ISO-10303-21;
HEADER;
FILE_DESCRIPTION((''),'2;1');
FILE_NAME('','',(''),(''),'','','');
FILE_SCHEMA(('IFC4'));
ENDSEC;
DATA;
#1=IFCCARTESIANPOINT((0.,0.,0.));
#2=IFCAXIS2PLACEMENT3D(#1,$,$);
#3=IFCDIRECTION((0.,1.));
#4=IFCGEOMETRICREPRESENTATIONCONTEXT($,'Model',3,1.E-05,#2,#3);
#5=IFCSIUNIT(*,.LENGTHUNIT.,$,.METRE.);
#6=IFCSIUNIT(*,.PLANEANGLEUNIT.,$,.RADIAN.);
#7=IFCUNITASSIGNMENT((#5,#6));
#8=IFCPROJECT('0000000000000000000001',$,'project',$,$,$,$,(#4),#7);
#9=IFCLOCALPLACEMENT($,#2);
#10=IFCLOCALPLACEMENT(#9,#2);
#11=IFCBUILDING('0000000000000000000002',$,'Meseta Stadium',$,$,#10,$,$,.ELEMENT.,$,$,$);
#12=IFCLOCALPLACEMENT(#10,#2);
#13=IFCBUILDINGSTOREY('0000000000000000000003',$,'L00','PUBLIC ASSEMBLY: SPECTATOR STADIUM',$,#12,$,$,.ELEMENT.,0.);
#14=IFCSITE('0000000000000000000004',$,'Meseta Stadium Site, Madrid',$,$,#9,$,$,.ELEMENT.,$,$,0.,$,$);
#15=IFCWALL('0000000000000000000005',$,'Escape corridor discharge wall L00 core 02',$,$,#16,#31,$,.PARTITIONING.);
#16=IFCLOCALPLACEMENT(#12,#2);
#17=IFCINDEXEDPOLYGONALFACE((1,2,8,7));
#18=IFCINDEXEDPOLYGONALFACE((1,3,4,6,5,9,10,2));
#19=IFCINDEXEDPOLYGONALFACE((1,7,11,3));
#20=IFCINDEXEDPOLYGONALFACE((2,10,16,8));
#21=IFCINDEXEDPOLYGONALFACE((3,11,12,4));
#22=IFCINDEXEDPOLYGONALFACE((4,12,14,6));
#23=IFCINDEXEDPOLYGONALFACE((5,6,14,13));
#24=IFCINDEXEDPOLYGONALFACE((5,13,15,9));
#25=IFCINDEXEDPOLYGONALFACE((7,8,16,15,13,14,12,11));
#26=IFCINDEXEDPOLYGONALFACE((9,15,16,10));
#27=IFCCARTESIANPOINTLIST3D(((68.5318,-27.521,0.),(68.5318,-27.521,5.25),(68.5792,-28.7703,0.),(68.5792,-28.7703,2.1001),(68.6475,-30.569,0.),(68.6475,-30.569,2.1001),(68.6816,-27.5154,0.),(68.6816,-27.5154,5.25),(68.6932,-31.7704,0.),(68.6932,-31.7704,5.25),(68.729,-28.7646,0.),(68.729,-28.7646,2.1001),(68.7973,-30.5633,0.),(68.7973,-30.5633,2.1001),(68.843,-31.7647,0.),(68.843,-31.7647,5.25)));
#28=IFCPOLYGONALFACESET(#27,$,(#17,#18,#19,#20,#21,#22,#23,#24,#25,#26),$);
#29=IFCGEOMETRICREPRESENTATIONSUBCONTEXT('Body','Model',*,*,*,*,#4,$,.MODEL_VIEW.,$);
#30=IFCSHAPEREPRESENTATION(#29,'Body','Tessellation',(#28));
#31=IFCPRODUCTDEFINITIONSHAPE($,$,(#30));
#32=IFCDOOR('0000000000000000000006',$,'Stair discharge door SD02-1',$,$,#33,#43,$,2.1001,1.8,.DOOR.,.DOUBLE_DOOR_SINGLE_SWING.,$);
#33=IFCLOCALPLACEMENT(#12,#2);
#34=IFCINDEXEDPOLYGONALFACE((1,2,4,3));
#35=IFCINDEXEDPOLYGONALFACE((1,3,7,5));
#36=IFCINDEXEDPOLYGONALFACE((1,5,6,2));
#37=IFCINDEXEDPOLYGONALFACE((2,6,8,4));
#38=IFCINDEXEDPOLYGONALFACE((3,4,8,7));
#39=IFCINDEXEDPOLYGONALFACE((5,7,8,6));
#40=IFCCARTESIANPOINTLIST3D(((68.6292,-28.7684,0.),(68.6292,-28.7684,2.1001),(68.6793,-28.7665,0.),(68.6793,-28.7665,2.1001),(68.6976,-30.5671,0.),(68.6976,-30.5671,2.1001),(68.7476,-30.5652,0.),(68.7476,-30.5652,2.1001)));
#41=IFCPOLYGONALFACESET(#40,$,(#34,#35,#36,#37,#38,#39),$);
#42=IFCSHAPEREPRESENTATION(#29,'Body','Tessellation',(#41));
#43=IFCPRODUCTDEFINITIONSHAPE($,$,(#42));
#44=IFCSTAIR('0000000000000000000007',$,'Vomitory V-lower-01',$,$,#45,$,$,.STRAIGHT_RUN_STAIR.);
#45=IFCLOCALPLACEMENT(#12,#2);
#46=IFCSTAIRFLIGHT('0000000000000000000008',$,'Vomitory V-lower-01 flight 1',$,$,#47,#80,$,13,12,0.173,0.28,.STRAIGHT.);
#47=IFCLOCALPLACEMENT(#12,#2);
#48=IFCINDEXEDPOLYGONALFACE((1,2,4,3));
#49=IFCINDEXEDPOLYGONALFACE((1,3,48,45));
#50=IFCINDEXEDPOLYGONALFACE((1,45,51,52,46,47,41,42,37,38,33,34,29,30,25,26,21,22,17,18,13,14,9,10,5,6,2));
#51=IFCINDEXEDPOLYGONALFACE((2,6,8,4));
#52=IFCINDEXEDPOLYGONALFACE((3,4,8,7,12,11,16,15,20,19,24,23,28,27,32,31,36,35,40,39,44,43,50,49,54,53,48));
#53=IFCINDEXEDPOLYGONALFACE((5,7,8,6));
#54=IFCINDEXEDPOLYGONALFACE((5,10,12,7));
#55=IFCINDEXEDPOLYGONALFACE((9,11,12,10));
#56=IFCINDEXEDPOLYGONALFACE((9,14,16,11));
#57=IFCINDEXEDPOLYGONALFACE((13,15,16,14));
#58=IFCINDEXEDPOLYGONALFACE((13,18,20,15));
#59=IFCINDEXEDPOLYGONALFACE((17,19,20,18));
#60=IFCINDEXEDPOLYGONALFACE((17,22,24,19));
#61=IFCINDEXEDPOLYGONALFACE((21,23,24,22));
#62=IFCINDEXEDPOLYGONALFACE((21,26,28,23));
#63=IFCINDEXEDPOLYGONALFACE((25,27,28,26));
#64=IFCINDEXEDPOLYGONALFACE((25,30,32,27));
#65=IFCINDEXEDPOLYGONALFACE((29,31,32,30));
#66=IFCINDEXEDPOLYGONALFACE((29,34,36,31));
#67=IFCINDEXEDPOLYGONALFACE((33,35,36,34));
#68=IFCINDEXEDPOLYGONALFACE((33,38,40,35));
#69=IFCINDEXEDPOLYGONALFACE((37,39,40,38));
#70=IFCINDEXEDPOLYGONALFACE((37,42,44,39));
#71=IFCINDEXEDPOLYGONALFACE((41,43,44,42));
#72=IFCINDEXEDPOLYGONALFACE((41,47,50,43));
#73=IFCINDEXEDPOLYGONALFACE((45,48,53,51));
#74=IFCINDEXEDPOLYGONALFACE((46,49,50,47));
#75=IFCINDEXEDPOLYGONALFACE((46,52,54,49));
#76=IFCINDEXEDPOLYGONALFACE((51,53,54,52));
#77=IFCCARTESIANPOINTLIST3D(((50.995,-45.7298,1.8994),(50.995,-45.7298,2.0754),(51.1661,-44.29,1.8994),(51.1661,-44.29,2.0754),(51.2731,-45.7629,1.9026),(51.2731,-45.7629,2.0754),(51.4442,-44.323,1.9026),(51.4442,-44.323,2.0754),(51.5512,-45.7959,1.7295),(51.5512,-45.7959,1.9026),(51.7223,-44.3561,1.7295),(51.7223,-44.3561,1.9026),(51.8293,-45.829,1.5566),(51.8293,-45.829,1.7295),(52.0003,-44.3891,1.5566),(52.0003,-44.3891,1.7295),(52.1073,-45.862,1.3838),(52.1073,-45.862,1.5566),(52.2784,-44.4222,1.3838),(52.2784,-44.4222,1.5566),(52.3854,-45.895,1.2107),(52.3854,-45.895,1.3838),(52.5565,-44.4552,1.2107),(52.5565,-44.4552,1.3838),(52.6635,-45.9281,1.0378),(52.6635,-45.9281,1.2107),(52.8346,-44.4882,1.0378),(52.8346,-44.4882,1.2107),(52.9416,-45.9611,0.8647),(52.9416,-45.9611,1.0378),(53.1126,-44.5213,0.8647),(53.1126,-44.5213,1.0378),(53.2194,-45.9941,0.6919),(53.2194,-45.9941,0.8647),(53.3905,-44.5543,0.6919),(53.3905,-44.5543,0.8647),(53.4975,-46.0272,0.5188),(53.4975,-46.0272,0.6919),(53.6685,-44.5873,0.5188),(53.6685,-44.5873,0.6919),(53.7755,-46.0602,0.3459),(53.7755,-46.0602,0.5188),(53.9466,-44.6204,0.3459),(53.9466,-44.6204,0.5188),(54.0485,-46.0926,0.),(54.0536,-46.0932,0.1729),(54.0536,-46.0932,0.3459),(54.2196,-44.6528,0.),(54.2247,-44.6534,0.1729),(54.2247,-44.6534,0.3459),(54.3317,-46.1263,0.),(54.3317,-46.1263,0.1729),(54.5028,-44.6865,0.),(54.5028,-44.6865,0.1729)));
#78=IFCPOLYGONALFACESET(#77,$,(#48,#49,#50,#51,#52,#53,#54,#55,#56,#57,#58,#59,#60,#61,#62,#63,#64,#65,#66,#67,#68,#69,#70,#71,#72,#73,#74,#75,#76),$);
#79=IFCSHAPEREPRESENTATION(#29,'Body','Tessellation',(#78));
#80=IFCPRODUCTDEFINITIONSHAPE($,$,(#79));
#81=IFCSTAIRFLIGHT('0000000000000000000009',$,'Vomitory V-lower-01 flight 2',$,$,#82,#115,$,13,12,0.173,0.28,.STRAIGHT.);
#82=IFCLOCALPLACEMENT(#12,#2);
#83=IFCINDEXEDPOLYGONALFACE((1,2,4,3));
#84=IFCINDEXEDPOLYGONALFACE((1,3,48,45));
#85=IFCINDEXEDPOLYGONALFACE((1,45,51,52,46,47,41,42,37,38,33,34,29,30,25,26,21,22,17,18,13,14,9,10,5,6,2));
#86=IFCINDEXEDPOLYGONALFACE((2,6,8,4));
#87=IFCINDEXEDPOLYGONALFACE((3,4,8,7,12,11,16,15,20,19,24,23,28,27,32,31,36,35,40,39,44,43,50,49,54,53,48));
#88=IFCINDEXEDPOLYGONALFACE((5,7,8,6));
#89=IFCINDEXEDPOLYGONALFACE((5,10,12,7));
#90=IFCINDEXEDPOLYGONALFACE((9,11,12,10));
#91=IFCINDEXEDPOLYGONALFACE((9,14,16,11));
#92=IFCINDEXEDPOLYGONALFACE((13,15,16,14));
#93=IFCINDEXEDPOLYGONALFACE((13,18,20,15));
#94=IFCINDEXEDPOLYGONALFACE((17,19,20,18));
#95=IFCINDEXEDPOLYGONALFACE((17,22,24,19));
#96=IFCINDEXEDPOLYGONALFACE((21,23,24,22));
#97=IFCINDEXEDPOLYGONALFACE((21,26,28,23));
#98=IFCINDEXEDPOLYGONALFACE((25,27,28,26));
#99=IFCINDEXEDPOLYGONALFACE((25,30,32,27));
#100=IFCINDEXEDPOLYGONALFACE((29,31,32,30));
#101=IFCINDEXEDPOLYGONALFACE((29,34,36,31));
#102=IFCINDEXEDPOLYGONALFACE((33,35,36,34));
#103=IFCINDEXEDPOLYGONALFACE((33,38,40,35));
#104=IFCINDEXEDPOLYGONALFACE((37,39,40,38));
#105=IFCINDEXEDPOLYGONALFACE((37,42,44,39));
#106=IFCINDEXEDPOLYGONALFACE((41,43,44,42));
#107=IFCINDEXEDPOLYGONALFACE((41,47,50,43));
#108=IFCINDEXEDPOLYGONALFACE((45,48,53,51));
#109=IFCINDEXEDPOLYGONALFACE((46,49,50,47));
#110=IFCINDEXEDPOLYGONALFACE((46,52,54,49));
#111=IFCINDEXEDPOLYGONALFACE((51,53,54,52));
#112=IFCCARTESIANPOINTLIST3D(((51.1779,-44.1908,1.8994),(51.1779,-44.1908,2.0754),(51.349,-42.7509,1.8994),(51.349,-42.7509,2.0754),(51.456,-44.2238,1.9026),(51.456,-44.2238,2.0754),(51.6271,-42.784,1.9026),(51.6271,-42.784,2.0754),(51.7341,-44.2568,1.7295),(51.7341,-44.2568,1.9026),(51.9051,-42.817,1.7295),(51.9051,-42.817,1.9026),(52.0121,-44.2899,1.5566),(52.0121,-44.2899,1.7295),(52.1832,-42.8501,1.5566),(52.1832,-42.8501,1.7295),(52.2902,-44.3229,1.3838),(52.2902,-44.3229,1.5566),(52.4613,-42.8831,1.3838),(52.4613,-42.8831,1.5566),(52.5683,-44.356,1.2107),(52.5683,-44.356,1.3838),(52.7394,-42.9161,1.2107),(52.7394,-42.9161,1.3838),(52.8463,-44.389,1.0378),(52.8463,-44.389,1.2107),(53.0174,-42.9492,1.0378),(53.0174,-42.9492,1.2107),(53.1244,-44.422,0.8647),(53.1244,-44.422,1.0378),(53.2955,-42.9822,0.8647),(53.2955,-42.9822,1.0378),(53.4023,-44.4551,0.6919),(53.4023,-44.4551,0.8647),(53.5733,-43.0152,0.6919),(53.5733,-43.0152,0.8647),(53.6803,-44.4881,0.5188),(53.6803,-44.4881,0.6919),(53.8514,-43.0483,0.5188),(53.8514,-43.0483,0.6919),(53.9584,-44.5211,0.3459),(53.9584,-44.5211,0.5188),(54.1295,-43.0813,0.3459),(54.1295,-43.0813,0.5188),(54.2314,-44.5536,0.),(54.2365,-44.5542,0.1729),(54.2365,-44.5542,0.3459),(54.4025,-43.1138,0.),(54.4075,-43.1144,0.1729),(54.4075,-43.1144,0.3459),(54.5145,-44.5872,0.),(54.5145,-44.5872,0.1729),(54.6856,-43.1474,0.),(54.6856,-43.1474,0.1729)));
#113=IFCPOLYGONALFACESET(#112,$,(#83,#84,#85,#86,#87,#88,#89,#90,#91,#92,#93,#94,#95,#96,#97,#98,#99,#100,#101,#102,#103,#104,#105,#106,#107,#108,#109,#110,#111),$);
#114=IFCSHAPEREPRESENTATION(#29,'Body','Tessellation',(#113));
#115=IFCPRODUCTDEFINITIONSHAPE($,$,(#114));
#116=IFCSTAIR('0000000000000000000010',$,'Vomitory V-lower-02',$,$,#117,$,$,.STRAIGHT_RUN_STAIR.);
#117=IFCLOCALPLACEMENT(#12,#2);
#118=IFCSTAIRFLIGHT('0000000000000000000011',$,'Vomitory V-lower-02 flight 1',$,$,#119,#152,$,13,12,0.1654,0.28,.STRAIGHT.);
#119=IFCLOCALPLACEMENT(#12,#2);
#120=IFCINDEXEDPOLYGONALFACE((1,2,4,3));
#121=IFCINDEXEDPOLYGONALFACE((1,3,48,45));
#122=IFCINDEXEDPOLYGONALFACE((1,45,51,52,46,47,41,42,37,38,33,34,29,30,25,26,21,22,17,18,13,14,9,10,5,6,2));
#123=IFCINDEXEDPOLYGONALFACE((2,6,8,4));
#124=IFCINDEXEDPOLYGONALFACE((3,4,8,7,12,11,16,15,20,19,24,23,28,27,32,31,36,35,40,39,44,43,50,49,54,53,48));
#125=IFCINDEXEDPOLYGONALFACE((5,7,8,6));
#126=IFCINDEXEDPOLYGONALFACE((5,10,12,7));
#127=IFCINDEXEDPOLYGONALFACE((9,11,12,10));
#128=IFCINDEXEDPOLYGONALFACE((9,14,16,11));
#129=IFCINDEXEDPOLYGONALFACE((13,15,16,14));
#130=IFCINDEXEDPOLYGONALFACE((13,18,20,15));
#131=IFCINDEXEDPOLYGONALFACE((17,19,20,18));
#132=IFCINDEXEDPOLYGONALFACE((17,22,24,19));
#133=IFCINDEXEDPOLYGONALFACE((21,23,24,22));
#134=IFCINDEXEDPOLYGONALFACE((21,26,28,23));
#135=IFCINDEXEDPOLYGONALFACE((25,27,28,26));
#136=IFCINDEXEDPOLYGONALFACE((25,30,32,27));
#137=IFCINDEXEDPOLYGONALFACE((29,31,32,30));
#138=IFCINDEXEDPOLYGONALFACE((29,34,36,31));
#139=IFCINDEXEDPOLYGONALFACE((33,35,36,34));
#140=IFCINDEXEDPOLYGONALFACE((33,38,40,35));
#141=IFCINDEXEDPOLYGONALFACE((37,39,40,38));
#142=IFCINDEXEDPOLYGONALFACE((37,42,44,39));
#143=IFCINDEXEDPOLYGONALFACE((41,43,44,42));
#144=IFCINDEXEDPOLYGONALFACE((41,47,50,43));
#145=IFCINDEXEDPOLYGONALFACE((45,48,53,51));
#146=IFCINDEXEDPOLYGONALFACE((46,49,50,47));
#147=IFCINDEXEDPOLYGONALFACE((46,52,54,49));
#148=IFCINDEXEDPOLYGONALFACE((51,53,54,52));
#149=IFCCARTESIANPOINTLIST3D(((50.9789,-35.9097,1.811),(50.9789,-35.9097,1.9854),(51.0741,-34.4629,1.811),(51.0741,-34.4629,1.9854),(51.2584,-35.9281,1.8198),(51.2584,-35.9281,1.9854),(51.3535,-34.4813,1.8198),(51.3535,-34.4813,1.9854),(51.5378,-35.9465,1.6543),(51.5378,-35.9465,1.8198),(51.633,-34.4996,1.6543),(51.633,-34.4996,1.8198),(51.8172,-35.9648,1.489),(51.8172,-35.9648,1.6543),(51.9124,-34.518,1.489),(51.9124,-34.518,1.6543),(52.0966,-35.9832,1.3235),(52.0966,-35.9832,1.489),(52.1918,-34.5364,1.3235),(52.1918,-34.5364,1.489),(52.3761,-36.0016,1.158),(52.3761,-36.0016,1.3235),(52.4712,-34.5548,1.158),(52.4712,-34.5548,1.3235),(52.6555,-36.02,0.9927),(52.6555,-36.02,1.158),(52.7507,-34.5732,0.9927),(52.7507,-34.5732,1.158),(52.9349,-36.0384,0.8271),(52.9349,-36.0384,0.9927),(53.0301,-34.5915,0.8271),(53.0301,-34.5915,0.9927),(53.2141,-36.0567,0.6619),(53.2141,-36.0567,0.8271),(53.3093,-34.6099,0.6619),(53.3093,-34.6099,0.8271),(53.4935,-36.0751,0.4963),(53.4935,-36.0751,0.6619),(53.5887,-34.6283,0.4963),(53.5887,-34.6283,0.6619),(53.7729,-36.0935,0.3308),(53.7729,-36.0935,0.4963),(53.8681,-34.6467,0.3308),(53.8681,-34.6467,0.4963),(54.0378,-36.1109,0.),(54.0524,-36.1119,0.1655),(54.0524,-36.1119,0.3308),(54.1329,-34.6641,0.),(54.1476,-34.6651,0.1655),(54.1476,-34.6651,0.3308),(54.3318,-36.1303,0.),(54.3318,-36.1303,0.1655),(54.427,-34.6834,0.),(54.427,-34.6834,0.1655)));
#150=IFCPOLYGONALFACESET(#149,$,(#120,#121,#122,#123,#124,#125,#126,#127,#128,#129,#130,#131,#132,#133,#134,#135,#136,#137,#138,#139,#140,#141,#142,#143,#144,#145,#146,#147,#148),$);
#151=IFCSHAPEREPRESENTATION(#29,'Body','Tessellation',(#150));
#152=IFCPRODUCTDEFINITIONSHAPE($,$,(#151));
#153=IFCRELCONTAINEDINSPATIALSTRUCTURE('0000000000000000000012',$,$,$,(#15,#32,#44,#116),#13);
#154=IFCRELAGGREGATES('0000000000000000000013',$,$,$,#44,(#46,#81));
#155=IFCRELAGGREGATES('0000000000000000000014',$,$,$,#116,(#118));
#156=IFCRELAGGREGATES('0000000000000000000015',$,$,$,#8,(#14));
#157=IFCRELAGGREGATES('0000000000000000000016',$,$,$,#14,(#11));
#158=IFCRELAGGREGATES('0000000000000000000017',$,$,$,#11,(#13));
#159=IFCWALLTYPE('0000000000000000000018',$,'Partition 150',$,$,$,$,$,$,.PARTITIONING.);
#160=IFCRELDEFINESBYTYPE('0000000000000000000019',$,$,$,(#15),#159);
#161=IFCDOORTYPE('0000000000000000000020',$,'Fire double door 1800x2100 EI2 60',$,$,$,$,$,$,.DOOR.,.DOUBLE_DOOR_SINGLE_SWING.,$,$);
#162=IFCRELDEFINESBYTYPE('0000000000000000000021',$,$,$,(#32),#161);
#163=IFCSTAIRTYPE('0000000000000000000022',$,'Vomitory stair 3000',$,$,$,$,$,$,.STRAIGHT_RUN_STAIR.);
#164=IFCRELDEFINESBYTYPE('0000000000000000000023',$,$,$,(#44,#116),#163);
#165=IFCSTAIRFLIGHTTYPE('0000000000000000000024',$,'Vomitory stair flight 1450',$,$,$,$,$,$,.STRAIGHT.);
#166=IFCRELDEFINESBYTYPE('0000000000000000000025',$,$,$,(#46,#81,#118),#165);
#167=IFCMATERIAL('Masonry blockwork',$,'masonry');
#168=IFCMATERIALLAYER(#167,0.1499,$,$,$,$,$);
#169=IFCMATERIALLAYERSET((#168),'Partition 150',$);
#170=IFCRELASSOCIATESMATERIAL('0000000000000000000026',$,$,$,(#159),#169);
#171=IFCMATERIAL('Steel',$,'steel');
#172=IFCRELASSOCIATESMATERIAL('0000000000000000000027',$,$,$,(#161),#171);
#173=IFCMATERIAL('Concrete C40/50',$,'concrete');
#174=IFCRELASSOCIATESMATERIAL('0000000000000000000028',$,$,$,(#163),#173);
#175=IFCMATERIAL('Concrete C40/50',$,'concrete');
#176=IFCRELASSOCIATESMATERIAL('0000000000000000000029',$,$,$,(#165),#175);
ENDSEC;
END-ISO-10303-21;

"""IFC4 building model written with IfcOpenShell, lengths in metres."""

from ifc_helpers import new_model, si_unit, direction, frame, frame_2d, origin, place, context, subcontext, project, spatial, polyline, rectangle, outline, extrude, material, layer, layer_set, type_object, element, fill, aggregate, save


model = new_model("IFC4")

# Units and contexts
model_context = context("Model", 3, precision=1e-05, world=origin(), true_north=direction((0.0, 1.0)))
body_context = subcontext(model_context, "Body", "Model", "MODEL_VIEW")
ifc_project = project(units=[si_unit("LENGTHUNIT", "METRE"), si_unit("PLANEANGLEUNIT", "RADIAN")], contexts=[model_context])

# Site, building, storey
site_placement = place(None, origin())
site = spatial("IfcSite", under=ifc_project, at=site_placement, Name="Meseta Stadium Site, Madrid", CompositionType="ELEMENT", RefElevation=0.0)
building_placement = place(site_placement, origin())
building = spatial("IfcBuilding", under=site, at=building_placement, Name="Meseta Stadium", CompositionType="ELEMENT")
storey_placement = place(building_placement, origin())
storey = spatial("IfcBuildingStorey", under=building, at=storey_placement, Name="L00", Description="PUBLIC ASSEMBLY: SPECTATOR STADIUM", CompositionType="ELEMENT", Elevation=0.0)

# Shared definitions
ifc_material_1 = material(Name="Masonry blockwork", Category="masonry")
ifc_layer = layer(ifc_material_1, 0.1499)
ifc_layer_set = layer_set([ifc_layer], Name="Partition 150")
wall_type = type_object("IfcWallType", Name="Partition 150", PredefinedType="PARTITIONING", material=ifc_layer_set)

# Wall, opening, door
wall_1_placement = place(storey_placement, frame((68.7681, -31.7676, 0.0), z_axis=(0.0, 0.0, 1.0), x_axis=(-0.03795, 0.99928, 0.0)))
wall_1 = element("IfcWall", 1, at=wall_1_placement, inside=storey, type_object=wall_type, Name="Escape corridor discharge wall L00 core 02", PredefinedType="PARTITIONING", context=body_context, shape_type="SweptSolid", body=[
    extrude(rectangle(XDim=4.2524, YDim=0.1499, at=frame_2d((2.1262, 0.0))), origin(), (0.0, 0.0, 1.0), 5.25),
])
opening_1_placement = place(wall_1_placement, frame((1.2024, 0.0, 0.0)))
opening_1 = element("IfcOpeningElement", 2, at=opening_1_placement, cuts=wall_1, PredefinedType="OPENING", context=body_context, shape_type="SweptSolid", body=[
    extrude(rectangle(XDim=1.8, YDim=2.1001, at=frame_2d((0.8999, 1.05))), frame((0.0, 0.085, 0.0), z_axis=(0.0, -1.0, 0.0), x_axis=(1.0, 0.0, 0.0)), (0.0, 0.0, 1.0), 0.1699),
])
ifc_material_2 = material(Name="Steel", Category="steel")
door_type_1 = type_object("IfcDoorType", Name="Fire double door 1800x2100 EI2 60", OperationType="DOUBLE_DOOR_SINGLE_SWING", PredefinedType="DOOR", material=ifc_material_2)
door_1_placement = place(opening_1_placement, origin())
door_1 = element("IfcDoor", 3, at=door_1_placement, inside=storey, type_object=door_type_1, Name="Stair discharge door SD02-1", OperationType="DOUBLE_DOOR_SINGLE_SWING", OverallHeight=2.1001, OverallWidth=1.8, PredefinedType="DOOR", context=body_context, shape_type="SweptSolid", body=[
    extrude(rectangle(XDim=1.8, YDim=2.1001, at=frame_2d((0.8999, 1.05))), frame((0.0, 0.0249, 0.0), z_axis=(0.0, -1.0, 0.0), x_axis=(1.0, 0.0, 0.0)), (0.0, 0.0, 1.0), 0.05),
])
fill(opening_1, door_1)

# Stairs, stair flights
ifc_material_3 = material(Name="Concrete C40/50", Category="concrete")
stair_type = type_object("IfcStairType", Name="Vomitory stair 3000", PredefinedType="STRAIGHT_RUN_STAIR", material=ifc_material_3)
stair_1_placement = place(storey_placement, origin())
stair_1 = element("IfcStair", 4, at=stair_1_placement, inside=storey, type_object=stair_type, Name="Vomitory V-lower-01", PredefinedType="STRAIGHT_RUN_STAIR")
ifc_material_4 = material(Name="Concrete C40/50", Category="concrete")
stair_flight_type = type_object("IfcStairFlightType", Name="Vomitory stair flight 1450", PredefinedType="STRAIGHT", material=ifc_material_4)
stair_flight_1_placement = place(storey_placement, frame((54.4172, -45.4062, 0.0), z_axis=(0.0, 0.0, 1.0), x_axis=(-0.993015, 0.117988, 0.0)))
stair_flight_1 = element("IfcStairFlight", 5, at=stair_flight_1_placement, type_object=stair_flight_type, Name="Vomitory V-lower-01 flight 1", NumberOfRisers=13, NumberOfTreads=12, PredefinedType="STRAIGHT", RiserHeight=0.173, TreadLength=0.28, context=body_context, shape_type="SweptSolid", body=[
    extrude(outline(polyline([(0.0, 0.0), (0.0, 0.1729), (0.28, 0.1729), (0.28, 0.3459), (0.5601, 0.3459), (0.5601, 0.5188), (0.8401, 0.5188), (0.8401, 0.6919), (1.1201, 0.6919), (1.1201, 0.8647), (1.3999, 0.8647), (1.3999, 1.0378), (1.6799, 1.0378), (1.6799, 1.2107), (1.96, 1.2107), (1.96, 1.3838), (2.24, 1.3838), (2.24, 1.5566), (2.52, 1.5566), (2.52, 1.7295), (2.8, 1.7295), (2.8, 1.9026), (3.0801, 1.9026), (3.0801, 2.0754), (3.3601, 2.0754), (3.3601, 1.8994), (0.2852, 0.0), (0.0, 0.0)])), frame((0.0, 0.7251, 0.0), z_axis=(0.0, -1.0, 0.0), x_axis=(1.0, 0.0, 0.0)), (0.0, 0.0, 1.0), 1.45),
])
stair_flight_2_placement = place(storey_placement, frame((54.6001, -43.8672, 0.0), z_axis=(0.0, 0.0, 1.0), x_axis=(-0.993015, 0.117988, 0.0)))
stair_flight_2 = element("IfcStairFlight", 6, at=stair_flight_2_placement, type_object=stair_flight_type, Name="Vomitory V-lower-01 flight 2", NumberOfRisers=13, NumberOfTreads=12, PredefinedType="STRAIGHT", RiserHeight=0.173, TreadLength=0.28, context=body_context, shape_type="SweptSolid", body=[
    extrude(outline(polyline([(0.0, 0.0), (0.0, 0.1729), (0.28, 0.1729), (0.28, 0.3459), (0.5601, 0.3459), (0.5601, 0.5188), (0.8401, 0.5188), (0.8401, 0.6919), (1.1201, 0.6919), (1.1201, 0.8647), (1.3999, 0.8647), (1.3999, 1.0378), (1.6799, 1.0378), (1.6799, 1.2107), (1.96, 1.2107), (1.96, 1.3838), (2.24, 1.3838), (2.24, 1.5566), (2.52, 1.5566), (2.52, 1.7295), (2.8, 1.7295), (2.8, 1.9026), (3.0801, 1.9026), (3.0801, 2.0754), (3.3601, 2.0754), (3.3601, 1.8994), (0.2852, 0.0), (0.0, 0.0)])), frame((0.0, 0.7251, 0.0), z_axis=(0.0, -1.0, 0.0), x_axis=(1.0, 0.0, 0.0)), (0.0, 0.0, 1.0), 1.45),
])
aggregate(stair_1, [stair_flight_1, stair_flight_2])
stair_2_placement = place(storey_placement, origin())
stair_2 = element("IfcStair", 7, at=stair_2_placement, inside=storey, type_object=stair_type, Name="Vomitory V-lower-02", PredefinedType="STRAIGHT_RUN_STAIR")
stair_flight_3_placement = place(storey_placement, frame((54.3794, -35.4067, 0.0), z_axis=(0.0, 0.0, 1.0), x_axis=(-0.997843, 0.065647, 0.0)))
stair_flight_3 = element("IfcStairFlight", 8, at=stair_flight_3_placement, type_object=stair_flight_type, Name="Vomitory V-lower-02 flight 1", NumberOfRisers=13, NumberOfTreads=12, PredefinedType="STRAIGHT", RiserHeight=0.1654, TreadLength=0.28, context=body_context, shape_type="SweptSolid", body=[
    extrude(outline(polyline([(0.0, 0.0), (0.0, 0.1655), (0.28, 0.1655), (0.28, 0.3308), (0.5601, 0.3308), (0.5601, 0.4963), (0.8401, 0.4963), (0.8401, 0.6619), (1.1201, 0.6619), (1.1201, 0.8271), (1.3999, 0.8271), (1.3999, 0.9927), (1.6799, 0.9927), (1.6799, 1.158), (1.96, 1.158), (1.96, 1.3235), (2.24, 1.3235), (2.24, 1.489), (2.52, 1.489), (2.52, 1.6543), (2.8, 1.6543), (2.8, 1.8198), (3.0801, 1.8198), (3.0801, 1.9854), (3.3601, 1.9854), (3.3601, 1.811), (0.2947, 0.0), (0.0, 0.0)])), frame((0.0, 0.7251, 0.0), z_axis=(0.0, -1.0, 0.0), x_axis=(1.0, 0.0, 0.0)), (0.0, 0.0, 1.0), 1.45),
])
aggregate(stair_2, [stair_flight_3])

save(model, "model.ifc")
